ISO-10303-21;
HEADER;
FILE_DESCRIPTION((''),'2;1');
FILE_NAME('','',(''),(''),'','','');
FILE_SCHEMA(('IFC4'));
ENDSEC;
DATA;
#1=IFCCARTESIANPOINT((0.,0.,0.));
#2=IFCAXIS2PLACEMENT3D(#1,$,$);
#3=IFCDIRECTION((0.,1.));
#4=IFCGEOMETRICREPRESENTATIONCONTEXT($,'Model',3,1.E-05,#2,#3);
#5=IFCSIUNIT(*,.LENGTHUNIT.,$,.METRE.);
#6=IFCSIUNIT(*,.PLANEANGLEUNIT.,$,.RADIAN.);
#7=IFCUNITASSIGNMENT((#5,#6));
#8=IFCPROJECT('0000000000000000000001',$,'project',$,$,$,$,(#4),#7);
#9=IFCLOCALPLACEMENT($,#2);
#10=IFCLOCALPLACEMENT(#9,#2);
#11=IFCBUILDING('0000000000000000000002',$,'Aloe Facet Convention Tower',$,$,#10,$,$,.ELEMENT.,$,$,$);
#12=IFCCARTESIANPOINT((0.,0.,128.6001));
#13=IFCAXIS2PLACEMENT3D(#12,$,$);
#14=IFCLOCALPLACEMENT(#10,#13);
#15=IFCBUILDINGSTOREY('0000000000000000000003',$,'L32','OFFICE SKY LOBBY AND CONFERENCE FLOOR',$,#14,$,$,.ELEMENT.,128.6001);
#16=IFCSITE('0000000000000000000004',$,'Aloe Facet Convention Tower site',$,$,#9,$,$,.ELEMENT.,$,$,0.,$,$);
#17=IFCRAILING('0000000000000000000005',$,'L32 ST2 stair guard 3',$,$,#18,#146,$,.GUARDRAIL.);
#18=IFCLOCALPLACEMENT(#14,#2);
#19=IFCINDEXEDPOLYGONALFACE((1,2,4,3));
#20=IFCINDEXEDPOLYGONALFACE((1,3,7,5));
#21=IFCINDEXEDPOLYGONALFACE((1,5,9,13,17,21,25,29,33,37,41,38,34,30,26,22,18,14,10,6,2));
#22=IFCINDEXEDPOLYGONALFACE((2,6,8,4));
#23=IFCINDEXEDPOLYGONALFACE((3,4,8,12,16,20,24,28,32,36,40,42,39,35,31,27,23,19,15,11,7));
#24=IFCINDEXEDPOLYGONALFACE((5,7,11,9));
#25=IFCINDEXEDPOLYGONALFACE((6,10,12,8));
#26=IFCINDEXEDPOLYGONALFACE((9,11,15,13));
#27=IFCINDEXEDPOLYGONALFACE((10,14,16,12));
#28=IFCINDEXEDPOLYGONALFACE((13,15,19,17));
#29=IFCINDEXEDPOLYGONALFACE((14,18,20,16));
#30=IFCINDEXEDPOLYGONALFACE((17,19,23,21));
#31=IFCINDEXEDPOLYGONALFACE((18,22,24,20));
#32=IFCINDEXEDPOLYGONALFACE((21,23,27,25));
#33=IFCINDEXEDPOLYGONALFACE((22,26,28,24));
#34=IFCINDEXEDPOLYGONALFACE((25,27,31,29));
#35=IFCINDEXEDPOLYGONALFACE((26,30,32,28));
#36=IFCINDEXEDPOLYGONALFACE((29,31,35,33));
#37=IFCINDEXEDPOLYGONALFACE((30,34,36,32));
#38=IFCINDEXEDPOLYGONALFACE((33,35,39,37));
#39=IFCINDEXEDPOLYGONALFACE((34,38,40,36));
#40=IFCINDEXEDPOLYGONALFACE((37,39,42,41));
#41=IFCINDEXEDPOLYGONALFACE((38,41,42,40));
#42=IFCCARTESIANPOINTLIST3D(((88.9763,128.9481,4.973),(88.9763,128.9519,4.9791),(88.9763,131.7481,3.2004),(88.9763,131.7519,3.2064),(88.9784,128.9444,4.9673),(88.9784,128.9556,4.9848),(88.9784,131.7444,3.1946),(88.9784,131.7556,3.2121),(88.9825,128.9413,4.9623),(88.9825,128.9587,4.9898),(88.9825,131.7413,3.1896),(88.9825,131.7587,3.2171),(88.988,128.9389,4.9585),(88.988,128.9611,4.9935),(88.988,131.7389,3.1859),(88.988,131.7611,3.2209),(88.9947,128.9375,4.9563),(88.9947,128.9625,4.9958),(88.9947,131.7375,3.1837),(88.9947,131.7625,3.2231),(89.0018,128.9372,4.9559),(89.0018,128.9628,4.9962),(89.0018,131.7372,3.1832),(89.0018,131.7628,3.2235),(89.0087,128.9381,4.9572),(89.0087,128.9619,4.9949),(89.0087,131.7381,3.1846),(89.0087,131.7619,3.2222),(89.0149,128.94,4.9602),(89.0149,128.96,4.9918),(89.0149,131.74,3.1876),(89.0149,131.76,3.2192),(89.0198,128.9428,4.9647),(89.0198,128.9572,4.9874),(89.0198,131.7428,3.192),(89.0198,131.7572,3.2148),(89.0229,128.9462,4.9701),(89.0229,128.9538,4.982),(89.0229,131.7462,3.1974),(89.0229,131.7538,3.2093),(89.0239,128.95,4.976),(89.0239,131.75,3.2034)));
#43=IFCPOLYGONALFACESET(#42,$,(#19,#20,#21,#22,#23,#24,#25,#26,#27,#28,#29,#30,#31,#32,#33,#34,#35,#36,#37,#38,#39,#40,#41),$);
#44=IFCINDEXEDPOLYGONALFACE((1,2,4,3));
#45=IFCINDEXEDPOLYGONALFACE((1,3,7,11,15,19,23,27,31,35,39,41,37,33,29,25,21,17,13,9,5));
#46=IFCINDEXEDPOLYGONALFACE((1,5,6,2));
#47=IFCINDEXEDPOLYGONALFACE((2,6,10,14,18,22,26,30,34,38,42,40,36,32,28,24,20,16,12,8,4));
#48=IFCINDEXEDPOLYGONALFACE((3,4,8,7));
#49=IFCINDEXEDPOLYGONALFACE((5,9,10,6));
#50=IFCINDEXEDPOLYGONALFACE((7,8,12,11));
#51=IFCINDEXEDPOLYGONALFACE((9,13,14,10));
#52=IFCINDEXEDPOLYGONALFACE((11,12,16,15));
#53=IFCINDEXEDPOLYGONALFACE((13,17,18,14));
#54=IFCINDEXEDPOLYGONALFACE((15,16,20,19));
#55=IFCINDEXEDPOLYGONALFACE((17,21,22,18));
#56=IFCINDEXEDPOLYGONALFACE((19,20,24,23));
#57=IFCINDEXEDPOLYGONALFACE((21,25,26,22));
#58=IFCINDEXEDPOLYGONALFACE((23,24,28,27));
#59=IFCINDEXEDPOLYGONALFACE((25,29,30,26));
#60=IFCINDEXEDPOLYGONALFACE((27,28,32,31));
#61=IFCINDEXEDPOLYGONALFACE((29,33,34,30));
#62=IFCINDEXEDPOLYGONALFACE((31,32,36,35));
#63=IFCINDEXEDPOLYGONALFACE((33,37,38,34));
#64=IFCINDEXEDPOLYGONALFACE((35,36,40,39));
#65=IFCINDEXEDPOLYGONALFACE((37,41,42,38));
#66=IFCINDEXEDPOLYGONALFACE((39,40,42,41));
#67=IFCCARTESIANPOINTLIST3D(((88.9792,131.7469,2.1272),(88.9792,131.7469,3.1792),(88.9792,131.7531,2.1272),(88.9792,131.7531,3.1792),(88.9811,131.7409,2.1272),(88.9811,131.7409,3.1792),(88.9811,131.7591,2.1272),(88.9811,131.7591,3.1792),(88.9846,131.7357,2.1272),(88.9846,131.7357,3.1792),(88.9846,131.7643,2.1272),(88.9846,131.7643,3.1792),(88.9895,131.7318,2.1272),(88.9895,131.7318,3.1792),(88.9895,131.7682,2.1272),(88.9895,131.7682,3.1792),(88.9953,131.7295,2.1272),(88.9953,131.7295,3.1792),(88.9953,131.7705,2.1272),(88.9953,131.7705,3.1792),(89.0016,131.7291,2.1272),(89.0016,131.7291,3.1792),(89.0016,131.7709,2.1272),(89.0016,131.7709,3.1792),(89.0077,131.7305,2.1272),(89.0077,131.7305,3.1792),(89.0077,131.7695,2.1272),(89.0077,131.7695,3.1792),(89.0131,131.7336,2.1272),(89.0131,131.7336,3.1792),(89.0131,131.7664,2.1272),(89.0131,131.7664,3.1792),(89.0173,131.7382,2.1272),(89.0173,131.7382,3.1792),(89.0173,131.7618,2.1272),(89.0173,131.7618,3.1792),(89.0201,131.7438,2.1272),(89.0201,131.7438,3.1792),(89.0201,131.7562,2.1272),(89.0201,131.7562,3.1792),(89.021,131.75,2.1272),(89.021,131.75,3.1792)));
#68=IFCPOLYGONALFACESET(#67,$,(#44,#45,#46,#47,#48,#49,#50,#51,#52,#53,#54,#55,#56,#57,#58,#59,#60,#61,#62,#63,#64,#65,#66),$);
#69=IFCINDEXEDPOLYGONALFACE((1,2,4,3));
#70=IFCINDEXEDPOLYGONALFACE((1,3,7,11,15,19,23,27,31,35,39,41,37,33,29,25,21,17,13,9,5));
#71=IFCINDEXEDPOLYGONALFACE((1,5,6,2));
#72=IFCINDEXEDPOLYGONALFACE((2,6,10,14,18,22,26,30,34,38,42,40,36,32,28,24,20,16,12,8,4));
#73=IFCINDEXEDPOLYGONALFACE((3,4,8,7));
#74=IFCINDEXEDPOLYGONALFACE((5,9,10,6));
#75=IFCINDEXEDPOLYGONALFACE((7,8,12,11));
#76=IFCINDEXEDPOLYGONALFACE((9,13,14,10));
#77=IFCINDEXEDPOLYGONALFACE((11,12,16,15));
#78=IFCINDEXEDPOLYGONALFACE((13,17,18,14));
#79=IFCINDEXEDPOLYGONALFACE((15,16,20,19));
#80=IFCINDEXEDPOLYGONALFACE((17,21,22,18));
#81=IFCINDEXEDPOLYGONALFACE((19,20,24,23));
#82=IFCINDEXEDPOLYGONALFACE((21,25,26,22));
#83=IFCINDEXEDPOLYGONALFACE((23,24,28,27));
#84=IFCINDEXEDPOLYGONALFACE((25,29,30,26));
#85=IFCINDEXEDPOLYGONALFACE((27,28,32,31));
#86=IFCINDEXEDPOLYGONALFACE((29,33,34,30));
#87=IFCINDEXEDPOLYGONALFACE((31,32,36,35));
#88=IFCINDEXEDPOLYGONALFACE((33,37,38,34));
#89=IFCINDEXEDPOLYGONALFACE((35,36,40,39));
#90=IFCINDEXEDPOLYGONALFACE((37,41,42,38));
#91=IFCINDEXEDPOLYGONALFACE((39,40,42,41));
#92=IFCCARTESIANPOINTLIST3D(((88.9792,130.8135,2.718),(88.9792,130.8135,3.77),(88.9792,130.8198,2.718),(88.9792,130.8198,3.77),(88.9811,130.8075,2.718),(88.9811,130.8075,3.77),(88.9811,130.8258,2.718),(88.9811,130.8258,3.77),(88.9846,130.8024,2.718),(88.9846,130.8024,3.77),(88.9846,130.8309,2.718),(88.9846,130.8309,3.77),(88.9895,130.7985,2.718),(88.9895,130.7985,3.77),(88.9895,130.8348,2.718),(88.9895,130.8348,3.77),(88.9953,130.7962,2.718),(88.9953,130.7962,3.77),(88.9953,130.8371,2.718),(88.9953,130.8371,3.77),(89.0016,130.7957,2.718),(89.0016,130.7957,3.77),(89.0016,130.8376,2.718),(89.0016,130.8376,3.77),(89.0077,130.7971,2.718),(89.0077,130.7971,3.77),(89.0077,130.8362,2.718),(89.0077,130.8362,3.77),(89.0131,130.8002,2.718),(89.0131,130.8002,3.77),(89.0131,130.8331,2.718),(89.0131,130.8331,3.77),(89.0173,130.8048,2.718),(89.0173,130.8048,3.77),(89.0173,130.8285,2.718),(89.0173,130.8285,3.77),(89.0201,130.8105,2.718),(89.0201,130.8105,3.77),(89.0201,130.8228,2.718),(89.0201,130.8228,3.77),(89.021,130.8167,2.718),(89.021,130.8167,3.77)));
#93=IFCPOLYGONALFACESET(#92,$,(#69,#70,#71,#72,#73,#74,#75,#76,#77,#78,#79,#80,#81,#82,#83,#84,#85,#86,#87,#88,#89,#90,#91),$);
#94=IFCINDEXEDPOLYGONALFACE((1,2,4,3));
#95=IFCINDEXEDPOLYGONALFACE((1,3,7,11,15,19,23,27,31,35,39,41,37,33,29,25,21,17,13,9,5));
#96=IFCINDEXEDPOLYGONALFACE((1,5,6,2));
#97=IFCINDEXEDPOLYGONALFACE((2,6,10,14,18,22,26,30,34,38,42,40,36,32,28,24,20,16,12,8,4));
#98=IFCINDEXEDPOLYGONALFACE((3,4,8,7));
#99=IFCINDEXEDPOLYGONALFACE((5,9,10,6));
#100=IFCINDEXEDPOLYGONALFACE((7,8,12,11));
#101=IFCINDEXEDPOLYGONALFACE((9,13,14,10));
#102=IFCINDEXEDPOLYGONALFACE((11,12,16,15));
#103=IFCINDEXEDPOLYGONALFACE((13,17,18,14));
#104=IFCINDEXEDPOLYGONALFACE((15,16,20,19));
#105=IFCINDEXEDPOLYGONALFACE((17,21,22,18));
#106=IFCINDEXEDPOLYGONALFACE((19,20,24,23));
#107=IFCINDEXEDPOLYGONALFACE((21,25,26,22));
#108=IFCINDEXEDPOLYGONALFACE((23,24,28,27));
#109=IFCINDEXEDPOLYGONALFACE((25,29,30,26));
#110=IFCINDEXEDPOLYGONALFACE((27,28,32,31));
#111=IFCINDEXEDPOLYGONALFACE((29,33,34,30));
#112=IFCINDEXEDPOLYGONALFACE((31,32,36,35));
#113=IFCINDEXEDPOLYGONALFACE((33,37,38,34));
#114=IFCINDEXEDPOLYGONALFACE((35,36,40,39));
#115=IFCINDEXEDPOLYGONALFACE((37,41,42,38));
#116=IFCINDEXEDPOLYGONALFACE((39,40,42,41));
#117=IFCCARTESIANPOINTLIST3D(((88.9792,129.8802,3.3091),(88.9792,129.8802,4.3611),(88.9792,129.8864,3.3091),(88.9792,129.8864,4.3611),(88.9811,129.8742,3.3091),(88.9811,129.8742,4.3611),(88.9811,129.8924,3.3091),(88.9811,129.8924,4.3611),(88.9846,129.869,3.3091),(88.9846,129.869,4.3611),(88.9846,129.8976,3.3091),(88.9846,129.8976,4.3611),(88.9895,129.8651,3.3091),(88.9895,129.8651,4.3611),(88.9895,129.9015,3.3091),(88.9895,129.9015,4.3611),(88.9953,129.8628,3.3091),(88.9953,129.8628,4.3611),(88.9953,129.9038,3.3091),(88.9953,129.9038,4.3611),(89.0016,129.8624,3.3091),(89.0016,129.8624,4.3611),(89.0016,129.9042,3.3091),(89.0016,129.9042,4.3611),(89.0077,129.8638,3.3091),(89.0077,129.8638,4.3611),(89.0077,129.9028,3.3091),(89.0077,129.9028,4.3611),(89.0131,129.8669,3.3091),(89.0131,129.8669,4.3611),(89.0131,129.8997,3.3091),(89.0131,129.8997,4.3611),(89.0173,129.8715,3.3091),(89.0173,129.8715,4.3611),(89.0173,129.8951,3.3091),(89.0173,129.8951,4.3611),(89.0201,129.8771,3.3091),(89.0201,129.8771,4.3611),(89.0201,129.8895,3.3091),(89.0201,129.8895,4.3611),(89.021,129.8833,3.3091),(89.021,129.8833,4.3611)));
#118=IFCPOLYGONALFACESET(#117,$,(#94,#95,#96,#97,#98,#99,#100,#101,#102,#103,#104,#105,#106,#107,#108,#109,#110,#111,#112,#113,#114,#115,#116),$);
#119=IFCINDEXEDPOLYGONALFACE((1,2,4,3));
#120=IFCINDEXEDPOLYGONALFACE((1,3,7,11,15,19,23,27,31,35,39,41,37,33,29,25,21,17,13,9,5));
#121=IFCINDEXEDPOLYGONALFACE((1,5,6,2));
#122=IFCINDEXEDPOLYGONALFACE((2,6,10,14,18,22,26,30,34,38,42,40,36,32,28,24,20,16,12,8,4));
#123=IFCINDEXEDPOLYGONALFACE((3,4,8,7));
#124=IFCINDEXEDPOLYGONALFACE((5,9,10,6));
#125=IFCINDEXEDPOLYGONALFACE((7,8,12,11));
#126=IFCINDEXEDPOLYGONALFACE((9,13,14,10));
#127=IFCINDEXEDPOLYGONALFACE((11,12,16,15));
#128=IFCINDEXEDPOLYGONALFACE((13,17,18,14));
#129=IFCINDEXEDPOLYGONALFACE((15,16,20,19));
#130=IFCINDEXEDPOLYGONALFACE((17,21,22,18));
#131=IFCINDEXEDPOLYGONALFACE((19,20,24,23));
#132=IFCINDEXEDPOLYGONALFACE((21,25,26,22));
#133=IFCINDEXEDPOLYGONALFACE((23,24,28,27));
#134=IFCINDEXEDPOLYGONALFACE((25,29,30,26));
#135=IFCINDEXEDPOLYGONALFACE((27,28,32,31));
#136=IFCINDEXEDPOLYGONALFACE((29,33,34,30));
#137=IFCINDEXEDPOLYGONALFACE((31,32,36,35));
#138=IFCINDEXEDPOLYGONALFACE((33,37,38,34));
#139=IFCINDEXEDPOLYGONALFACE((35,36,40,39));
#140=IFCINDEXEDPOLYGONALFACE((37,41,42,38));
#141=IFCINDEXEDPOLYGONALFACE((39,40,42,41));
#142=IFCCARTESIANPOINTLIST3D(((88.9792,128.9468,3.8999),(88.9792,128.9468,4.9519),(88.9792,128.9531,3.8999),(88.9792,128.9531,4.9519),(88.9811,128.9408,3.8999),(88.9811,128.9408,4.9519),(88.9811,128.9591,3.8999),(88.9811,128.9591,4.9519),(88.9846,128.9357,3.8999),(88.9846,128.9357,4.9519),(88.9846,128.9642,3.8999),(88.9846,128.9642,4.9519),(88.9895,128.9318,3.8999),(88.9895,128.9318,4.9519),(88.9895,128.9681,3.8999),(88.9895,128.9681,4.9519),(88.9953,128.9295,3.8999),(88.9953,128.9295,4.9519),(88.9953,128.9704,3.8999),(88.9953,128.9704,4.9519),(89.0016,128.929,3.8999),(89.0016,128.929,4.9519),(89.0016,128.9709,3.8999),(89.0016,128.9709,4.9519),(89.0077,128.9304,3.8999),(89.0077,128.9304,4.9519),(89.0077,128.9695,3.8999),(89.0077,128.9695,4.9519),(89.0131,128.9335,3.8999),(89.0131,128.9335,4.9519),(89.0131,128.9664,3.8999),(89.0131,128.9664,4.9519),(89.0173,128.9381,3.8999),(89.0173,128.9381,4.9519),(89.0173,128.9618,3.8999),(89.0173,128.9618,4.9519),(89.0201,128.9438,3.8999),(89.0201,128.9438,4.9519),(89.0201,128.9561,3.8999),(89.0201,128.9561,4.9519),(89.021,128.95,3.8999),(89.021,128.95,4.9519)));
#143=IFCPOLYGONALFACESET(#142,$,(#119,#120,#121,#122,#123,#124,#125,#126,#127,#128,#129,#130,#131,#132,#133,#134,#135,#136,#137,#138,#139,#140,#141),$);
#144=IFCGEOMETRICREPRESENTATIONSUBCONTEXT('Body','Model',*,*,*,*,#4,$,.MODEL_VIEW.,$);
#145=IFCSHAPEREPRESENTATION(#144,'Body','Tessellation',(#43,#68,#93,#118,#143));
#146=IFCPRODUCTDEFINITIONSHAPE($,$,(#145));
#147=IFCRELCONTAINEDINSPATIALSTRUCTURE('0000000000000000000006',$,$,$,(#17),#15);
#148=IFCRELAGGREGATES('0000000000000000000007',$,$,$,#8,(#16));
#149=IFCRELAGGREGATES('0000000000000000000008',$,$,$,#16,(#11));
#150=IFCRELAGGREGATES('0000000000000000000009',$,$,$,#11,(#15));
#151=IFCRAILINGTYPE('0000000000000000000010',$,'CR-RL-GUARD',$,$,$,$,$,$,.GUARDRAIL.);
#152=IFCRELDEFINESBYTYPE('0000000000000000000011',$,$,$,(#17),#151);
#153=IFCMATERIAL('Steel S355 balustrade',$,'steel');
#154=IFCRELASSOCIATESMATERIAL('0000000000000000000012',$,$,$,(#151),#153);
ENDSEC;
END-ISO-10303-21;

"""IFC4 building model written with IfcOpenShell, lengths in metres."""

from ifc_helpers import new_model, si_unit, direction, frame, origin, origin_2d, place, context, subcontext, project, spatial, circle, extrude, material, type_object, element, save


model = new_model("IFC4")

# Units and contexts
model_context = context("Model", 3, precision=1e-05, world=origin(), true_north=direction((0.0, 1.0)))
body_context = subcontext(model_context, "Body", "Model", "MODEL_VIEW")
ifc_project = project(units=[si_unit("LENGTHUNIT", "METRE"), si_unit("PLANEANGLEUNIT", "RADIAN")], contexts=[model_context])

# Site, building, storey
site_placement = place(None, origin())
site = spatial("IfcSite", under=ifc_project, at=site_placement, Name="Aloe Facet Convention Tower site", CompositionType="ELEMENT", RefElevation=0.0)
building_placement = place(site_placement, origin())
building = spatial("IfcBuilding", under=site, at=building_placement, Name="Aloe Facet Convention Tower", CompositionType="ELEMENT")
storey_placement = place(building_placement, frame((0.0, 0.0, 128.6001)))
storey = spatial("IfcBuildingStorey", under=building, at=storey_placement, Name="L32", Description="OFFICE SKY LOBBY AND CONFERENCE FLOOR", CompositionType="ELEMENT", Elevation=128.6001)

# Railing
ifc_material_1 = material(Name="Steel S355 balustrade", Category="steel")
railing_type_1 = type_object("IfcRailingType", Name="CR-RL-GUARD", PredefinedType="GUARDRAIL", material=ifc_material_1)
railing_1_placement = place(storey_placement, frame((89.0, 131.75, 2.1272)))
element("IfcRailing", 1, at=railing_1_placement, inside=storey, type_object=railing_type_1, Name="L32 ST2 stair guard 3", PredefinedType="GUARDRAIL", context=body_context, shape_type="SweptSolid", body=[
    extrude(circle(Radius=0.0239, at=origin_2d()), frame((0.0, 0.0, 1.0762), z_axis=(0.0, -0.844909, 0.53491), x_axis=(1.0, 0.0, 0.0)), (0.0, 0.0, 1.0), 3.314),
    extrude(circle(Radius=0.021, at=origin_2d()), origin(), (0.0, 0.0, 1.0), 1.052),
    extrude(circle(Radius=0.021, at=origin_2d()), frame((0.0, -0.9333, 0.5908)), (0.0, 0.0, 1.0), 1.052),
    extrude(circle(Radius=0.021, at=origin_2d()), frame((0.0, -1.8667, 1.1819)), (0.0, 0.0, 1.0), 1.052),
    extrude(circle(Radius=0.021, at=origin_2d()), frame((0.0, -2.8, 1.7727)), (0.0, 0.0, 1.0), 1.052),
])

save(model, "model.ifc")
